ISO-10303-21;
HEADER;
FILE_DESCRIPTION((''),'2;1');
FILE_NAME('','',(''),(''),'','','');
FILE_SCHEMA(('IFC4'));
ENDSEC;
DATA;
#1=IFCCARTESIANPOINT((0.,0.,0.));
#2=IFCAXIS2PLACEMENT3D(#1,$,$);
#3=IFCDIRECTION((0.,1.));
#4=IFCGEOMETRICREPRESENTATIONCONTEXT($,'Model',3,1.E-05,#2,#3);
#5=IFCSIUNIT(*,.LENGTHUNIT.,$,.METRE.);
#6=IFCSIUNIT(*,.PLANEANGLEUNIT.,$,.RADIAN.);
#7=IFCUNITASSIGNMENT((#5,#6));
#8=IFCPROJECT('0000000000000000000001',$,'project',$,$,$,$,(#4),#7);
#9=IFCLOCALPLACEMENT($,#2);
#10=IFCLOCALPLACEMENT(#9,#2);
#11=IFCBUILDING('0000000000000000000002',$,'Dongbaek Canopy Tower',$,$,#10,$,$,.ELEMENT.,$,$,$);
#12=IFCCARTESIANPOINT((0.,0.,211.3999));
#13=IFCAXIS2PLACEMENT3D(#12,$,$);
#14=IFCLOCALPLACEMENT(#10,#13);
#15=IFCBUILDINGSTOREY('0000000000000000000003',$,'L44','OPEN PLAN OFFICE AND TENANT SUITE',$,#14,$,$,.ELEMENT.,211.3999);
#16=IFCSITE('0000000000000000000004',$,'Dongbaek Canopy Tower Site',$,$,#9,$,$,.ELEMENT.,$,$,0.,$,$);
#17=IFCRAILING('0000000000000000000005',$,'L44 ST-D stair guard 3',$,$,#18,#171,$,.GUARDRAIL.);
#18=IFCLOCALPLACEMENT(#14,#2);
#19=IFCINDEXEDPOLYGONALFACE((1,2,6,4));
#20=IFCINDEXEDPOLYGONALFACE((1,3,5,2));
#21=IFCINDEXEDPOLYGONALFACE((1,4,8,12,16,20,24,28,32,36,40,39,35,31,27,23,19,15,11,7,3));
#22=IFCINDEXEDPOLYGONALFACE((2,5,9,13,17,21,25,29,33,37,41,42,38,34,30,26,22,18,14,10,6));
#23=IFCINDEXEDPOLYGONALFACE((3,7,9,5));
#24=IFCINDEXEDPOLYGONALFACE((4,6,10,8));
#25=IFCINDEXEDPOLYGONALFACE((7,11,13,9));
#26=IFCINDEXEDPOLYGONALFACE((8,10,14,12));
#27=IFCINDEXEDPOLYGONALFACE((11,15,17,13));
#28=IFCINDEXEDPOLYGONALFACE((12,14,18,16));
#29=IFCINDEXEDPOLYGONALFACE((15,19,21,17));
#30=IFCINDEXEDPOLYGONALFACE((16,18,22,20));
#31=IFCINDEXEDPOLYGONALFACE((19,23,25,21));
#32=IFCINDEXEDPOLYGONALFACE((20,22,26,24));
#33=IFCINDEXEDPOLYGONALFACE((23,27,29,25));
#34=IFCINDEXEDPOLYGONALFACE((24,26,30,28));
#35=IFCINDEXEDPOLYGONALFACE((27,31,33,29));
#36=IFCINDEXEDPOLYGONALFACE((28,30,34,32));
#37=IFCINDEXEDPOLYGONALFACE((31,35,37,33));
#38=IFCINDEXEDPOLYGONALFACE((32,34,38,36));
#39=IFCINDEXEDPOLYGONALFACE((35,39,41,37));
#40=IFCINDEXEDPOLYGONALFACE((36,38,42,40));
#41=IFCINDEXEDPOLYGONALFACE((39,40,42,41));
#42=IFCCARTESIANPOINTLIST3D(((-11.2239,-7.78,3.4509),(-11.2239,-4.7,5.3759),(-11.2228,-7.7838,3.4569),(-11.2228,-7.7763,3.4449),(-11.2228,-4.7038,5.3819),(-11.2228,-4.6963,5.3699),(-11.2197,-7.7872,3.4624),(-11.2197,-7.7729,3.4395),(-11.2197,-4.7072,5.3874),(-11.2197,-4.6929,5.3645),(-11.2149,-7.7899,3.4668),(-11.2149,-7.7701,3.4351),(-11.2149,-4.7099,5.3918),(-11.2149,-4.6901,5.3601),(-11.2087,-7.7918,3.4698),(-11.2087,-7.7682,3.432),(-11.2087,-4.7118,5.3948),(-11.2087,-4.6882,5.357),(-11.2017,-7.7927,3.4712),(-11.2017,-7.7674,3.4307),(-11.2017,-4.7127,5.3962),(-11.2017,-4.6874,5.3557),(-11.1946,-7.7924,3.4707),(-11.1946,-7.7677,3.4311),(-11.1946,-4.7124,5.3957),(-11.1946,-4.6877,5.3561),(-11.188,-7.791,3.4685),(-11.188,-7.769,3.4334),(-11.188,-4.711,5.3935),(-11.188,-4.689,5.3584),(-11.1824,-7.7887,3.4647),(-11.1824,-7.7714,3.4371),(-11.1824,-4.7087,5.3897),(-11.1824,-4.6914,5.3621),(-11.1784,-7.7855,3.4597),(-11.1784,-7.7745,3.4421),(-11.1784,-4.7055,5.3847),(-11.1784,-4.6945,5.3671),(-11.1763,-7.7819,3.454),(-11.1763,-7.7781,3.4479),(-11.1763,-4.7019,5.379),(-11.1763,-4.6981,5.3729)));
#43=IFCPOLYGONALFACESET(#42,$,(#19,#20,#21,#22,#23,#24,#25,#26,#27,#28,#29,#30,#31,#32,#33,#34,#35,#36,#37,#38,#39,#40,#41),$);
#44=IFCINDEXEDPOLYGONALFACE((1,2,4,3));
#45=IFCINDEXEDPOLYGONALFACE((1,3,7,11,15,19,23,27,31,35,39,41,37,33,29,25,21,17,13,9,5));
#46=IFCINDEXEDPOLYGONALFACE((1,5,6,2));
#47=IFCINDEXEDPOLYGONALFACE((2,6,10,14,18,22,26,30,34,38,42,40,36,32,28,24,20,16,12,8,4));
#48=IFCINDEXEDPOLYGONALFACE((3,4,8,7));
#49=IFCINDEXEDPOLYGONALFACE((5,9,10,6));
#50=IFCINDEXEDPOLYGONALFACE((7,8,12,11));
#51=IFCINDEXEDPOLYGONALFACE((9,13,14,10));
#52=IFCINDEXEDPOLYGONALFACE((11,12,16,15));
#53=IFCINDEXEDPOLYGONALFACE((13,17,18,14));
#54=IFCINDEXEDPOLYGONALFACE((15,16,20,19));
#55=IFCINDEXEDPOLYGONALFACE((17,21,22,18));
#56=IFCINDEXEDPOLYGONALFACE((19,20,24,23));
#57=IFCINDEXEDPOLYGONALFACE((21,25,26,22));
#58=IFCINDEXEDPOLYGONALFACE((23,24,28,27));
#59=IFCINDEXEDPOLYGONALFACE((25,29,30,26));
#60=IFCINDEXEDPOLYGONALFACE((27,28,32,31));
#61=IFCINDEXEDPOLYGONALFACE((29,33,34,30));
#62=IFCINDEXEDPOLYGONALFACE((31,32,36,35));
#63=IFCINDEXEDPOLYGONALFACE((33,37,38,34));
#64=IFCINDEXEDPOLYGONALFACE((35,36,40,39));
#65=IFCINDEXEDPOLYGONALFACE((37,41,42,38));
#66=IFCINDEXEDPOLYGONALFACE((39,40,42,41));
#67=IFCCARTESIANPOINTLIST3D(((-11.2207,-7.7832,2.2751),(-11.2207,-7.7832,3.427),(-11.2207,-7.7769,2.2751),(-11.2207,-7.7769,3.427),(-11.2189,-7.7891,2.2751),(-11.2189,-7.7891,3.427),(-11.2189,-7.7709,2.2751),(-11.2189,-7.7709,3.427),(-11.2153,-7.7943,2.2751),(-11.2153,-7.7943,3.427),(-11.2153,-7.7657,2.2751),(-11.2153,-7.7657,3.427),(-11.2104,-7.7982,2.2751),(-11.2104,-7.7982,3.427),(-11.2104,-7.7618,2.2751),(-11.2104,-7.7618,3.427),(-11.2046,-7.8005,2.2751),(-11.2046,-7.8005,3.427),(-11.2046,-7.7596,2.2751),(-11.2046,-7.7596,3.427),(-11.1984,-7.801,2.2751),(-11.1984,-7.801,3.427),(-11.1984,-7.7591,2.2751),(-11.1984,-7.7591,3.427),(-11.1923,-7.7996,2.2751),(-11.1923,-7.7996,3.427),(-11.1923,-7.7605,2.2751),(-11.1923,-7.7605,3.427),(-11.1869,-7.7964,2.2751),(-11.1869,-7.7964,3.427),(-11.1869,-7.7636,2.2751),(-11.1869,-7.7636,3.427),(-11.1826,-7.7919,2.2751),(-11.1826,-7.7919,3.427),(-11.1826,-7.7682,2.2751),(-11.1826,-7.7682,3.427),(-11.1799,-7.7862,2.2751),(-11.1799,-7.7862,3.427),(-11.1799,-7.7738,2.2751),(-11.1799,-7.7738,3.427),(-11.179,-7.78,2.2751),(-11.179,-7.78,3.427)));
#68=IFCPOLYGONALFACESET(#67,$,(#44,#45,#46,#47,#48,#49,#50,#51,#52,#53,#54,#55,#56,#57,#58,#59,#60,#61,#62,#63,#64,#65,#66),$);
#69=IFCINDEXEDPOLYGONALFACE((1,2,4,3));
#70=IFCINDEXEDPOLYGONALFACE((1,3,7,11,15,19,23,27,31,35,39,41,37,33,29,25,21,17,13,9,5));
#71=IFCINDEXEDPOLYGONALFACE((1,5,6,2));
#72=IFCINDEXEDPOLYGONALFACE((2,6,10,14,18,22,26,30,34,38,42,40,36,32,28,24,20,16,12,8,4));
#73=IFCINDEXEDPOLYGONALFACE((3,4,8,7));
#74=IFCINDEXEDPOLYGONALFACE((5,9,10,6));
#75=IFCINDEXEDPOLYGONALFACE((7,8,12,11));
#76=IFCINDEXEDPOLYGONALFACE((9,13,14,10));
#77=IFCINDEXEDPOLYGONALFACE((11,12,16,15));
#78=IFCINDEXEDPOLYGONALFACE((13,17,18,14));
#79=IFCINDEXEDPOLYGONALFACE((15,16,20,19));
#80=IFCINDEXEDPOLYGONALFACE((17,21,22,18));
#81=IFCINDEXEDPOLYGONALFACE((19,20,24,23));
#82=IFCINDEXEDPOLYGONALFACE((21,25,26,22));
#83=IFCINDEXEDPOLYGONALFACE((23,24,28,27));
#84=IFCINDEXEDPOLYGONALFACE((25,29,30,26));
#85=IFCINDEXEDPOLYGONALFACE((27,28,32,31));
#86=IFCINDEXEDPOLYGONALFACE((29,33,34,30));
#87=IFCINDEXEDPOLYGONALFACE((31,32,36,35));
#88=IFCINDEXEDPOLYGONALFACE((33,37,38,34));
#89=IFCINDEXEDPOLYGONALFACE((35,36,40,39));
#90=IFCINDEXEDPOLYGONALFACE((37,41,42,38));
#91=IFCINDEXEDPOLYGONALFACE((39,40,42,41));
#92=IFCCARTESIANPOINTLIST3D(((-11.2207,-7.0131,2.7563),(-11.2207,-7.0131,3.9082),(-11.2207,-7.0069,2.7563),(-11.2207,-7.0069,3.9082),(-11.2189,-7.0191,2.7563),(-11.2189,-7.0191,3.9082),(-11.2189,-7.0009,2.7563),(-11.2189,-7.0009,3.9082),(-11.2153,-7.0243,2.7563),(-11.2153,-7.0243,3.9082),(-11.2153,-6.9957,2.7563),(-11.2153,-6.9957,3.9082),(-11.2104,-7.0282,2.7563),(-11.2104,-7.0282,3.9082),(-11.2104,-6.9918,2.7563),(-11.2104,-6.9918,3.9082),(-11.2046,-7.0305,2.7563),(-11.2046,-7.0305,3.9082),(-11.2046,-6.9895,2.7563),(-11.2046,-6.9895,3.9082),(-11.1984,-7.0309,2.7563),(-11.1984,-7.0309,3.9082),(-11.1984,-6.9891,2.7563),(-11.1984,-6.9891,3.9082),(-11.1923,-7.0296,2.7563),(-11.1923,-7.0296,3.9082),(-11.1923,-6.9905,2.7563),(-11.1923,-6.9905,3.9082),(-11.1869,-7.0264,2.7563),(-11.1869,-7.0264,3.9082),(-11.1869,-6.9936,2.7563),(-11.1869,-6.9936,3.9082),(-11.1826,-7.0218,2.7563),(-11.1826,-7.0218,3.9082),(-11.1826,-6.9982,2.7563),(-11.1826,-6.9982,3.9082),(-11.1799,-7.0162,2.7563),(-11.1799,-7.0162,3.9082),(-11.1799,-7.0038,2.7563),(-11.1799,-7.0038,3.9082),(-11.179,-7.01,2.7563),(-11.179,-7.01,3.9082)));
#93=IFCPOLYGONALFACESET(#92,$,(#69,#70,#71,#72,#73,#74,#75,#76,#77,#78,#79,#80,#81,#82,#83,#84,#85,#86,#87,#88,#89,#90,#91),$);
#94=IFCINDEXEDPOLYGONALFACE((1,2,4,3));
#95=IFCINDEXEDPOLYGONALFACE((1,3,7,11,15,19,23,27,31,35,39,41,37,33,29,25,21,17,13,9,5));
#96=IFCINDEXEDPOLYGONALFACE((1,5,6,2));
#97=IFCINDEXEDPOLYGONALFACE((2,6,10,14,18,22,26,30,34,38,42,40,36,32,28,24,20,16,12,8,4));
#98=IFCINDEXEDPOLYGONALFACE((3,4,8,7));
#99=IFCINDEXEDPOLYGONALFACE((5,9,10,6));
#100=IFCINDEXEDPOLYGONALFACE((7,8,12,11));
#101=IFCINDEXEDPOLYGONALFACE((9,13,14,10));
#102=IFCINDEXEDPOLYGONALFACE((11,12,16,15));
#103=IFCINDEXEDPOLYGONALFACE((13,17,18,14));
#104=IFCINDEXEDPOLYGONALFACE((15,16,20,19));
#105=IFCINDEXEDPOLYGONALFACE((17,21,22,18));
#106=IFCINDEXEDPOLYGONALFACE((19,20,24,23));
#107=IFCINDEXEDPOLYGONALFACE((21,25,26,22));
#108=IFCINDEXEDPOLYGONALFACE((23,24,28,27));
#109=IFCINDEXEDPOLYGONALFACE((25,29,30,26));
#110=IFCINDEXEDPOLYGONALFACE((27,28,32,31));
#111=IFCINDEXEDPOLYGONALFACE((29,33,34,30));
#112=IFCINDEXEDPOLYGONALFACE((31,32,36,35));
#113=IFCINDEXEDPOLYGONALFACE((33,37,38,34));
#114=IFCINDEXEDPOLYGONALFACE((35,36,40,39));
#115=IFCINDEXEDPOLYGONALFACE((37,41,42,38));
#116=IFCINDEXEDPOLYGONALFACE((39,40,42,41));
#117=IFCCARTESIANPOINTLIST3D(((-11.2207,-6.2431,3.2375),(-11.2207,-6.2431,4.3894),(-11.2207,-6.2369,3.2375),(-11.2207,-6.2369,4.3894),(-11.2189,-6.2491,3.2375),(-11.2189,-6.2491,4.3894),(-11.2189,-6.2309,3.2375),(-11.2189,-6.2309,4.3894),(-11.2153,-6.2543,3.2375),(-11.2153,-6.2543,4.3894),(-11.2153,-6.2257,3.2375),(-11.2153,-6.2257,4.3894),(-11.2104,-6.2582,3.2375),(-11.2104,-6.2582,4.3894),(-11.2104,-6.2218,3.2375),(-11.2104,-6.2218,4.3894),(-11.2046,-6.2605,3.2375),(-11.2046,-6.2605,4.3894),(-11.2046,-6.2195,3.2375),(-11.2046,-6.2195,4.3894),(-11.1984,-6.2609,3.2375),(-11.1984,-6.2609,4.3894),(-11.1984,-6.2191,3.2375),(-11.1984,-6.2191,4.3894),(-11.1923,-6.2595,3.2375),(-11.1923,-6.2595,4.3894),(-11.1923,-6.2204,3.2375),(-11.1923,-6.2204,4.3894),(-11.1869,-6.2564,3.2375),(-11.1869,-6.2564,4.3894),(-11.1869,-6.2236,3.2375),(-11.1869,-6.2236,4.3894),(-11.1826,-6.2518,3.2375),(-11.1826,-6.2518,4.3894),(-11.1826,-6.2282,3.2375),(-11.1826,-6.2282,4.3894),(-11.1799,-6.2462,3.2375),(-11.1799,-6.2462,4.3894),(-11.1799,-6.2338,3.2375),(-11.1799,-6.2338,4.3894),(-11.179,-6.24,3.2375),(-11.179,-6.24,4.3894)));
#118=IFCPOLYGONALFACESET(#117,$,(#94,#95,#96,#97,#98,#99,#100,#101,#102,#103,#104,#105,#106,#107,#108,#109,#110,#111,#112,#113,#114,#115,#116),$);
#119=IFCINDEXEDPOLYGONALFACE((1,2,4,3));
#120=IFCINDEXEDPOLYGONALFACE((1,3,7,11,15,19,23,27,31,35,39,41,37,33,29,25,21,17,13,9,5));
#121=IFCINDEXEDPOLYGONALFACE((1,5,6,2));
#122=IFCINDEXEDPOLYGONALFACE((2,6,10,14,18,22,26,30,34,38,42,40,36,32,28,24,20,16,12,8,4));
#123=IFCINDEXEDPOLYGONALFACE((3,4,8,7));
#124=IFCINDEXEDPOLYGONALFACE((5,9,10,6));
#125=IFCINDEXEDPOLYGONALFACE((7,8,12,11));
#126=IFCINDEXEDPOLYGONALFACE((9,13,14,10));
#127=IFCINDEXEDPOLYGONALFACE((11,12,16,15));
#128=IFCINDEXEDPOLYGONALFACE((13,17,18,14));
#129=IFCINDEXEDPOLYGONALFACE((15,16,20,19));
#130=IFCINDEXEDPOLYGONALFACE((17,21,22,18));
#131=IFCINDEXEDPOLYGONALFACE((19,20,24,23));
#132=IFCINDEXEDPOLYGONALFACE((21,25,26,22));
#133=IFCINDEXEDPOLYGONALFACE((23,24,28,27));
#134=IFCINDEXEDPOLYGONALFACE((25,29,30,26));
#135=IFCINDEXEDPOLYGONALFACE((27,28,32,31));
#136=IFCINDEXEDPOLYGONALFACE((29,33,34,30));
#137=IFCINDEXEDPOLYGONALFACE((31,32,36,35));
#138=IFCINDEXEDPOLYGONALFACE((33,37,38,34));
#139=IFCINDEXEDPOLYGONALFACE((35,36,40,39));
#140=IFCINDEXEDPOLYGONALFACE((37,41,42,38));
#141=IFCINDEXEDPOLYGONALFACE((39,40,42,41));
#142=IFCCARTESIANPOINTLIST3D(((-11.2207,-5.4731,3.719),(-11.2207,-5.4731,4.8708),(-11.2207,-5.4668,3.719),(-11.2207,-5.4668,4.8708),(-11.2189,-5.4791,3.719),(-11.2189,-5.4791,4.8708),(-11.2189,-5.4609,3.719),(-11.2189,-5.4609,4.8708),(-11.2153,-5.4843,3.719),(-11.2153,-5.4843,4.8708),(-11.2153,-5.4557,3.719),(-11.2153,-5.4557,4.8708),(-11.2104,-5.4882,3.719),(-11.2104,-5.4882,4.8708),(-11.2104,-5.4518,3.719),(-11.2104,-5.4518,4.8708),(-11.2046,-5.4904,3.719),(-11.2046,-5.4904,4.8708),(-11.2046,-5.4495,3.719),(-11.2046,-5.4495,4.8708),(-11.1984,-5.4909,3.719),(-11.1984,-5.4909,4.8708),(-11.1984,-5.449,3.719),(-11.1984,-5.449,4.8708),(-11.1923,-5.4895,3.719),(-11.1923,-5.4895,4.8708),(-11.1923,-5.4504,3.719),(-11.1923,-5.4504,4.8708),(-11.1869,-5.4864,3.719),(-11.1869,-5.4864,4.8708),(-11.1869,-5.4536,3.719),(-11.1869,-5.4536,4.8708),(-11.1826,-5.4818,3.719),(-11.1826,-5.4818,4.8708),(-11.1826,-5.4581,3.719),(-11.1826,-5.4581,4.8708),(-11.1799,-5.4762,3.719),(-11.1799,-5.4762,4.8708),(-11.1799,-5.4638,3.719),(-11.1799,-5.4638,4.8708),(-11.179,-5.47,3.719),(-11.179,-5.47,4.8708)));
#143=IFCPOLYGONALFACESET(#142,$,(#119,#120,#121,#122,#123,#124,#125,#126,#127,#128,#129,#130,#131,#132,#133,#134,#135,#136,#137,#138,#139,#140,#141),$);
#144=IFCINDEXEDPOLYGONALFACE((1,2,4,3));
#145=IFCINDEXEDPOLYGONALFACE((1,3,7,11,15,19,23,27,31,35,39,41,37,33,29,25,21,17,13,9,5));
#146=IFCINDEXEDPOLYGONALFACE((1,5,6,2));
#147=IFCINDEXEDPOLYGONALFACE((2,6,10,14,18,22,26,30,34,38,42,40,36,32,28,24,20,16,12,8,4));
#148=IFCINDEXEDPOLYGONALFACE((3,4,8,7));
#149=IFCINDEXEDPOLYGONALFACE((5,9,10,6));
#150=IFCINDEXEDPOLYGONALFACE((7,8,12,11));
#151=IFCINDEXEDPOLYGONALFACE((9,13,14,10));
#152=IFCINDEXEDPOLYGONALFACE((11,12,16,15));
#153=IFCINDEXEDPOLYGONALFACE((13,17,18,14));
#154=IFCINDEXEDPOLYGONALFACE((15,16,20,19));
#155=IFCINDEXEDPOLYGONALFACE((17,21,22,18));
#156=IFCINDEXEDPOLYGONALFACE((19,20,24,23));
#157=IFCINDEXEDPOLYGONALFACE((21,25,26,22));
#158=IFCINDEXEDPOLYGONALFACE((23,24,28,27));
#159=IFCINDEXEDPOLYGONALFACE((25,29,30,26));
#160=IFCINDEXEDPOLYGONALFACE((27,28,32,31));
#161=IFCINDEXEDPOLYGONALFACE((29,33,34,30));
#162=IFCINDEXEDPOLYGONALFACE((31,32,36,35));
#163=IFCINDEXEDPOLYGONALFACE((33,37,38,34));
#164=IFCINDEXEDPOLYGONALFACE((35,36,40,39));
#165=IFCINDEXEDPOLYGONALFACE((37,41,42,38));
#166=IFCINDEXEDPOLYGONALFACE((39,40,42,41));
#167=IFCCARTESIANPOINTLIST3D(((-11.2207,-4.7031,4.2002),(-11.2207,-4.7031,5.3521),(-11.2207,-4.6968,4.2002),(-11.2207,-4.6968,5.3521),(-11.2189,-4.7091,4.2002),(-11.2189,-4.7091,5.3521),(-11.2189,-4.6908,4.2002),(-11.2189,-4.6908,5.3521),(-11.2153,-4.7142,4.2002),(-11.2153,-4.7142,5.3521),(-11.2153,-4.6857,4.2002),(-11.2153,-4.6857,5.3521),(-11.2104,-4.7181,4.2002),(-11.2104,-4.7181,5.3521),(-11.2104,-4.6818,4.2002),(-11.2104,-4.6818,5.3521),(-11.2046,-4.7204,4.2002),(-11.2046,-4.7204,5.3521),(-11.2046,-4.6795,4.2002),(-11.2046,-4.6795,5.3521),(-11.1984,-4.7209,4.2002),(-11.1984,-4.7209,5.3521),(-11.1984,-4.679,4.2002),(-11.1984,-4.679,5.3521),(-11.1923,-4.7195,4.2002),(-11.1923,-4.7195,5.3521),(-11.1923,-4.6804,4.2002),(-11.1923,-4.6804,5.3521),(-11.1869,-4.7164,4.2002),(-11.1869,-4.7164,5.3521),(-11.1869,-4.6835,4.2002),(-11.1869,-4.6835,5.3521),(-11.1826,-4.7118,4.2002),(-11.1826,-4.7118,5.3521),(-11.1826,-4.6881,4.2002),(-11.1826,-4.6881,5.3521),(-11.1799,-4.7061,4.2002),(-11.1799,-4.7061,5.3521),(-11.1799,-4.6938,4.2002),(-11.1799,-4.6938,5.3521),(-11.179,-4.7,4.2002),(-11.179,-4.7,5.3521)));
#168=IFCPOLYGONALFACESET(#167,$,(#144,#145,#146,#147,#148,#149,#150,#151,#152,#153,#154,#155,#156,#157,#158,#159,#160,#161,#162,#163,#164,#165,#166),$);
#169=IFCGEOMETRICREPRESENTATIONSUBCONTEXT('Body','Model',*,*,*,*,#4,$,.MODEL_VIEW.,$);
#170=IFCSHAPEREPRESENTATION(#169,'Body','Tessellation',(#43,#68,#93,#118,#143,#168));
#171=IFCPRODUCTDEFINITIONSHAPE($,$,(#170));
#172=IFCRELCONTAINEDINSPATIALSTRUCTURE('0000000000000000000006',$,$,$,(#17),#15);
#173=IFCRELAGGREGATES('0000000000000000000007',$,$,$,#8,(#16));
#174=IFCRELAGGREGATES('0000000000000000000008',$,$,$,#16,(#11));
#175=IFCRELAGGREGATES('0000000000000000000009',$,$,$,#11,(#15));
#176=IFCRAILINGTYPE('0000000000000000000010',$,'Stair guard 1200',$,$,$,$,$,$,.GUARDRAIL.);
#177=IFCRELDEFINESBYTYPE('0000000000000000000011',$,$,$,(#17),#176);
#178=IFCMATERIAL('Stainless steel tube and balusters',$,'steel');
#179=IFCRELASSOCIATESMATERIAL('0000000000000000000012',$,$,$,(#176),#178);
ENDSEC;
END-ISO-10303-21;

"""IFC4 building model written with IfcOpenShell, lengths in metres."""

from ifc_helpers import new_model, si_unit, direction, frame, origin, origin_2d, place, context, subcontext, project, spatial, circle, extrude, material, type_object, element, save


model = new_model("IFC4")

# Units and contexts
model_context = context("Model", 3, precision=1e-05, world=origin(), true_north=direction((0.0, 1.0)))
body_context = subcontext(model_context, "Body", "Model", "MODEL_VIEW")
ifc_project = project(units=[si_unit("LENGTHUNIT", "METRE"), si_unit("PLANEANGLEUNIT", "RADIAN")], contexts=[model_context])

# Site, building, storey
site_placement = place(None, origin())
site = spatial("IfcSite", under=ifc_project, at=site_placement, Name="Dongbaek Canopy Tower Site", CompositionType="ELEMENT", RefElevation=0.0)
building_placement = place(site_placement, origin())
building = spatial("IfcBuilding", under=site, at=building_placement, Name="Dongbaek Canopy Tower", CompositionType="ELEMENT")
storey_placement = place(building_placement, frame((0.0, 0.0, 211.3999)))
storey = spatial("IfcBuildingStorey", under=building, at=storey_placement, Name="L44", Description="OPEN PLAN OFFICE AND TENANT SUITE", CompositionType="ELEMENT", Elevation=211.3999)

# Railing
ifc_material_1 = material(Name="Stainless steel tube and balusters", Category="steel")
railing_type_1 = type_object("IfcRailingType", Name="Stair guard 1200", PredefinedType="GUARDRAIL", material=ifc_material_1)
railing_1_placement = place(storey_placement, frame((-11.2, -7.78, 2.2751)))
element("IfcRailing", 1, at=railing_1_placement, inside=storey, type_object=railing_type_1, Name="L44 ST-D stair guard 3", PredefinedType="GUARDRAIL", context=body_context, shape_type="SweptSolid", body=[
    extrude(circle(Radius=0.0239, at=origin_2d()), frame((0.0, 0.0, 1.1758), z_axis=(0.0, 0.847998, 0.529999), x_axis=(-1.0, 0.0, 0.0)), (0.0, 0.0, 1.0), 3.6321),
    extrude(circle(Radius=0.021, at=origin_2d()), origin(), (0.0, 0.0, 1.0), 1.1519),
    extrude(circle(Radius=0.021, at=origin_2d()), frame((0.0, 0.77, 0.4812)), (0.0, 0.0, 1.0), 1.1519),
    extrude(circle(Radius=0.021, at=origin_2d()), frame((0.0, 1.54, 0.9624)), (0.0, 0.0, 1.0), 1.1519),
    extrude(circle(Radius=0.021, at=origin_2d()), frame((0.0, 2.3101, 1.4438)), (0.0, 0.0, 1.0), 1.1519),
    extrude(circle(Radius=0.021, at=origin_2d()), frame((0.0, 3.0801, 1.925)), (0.0, 0.0, 1.0), 1.1519),
])

save(model, "model.ifc")
